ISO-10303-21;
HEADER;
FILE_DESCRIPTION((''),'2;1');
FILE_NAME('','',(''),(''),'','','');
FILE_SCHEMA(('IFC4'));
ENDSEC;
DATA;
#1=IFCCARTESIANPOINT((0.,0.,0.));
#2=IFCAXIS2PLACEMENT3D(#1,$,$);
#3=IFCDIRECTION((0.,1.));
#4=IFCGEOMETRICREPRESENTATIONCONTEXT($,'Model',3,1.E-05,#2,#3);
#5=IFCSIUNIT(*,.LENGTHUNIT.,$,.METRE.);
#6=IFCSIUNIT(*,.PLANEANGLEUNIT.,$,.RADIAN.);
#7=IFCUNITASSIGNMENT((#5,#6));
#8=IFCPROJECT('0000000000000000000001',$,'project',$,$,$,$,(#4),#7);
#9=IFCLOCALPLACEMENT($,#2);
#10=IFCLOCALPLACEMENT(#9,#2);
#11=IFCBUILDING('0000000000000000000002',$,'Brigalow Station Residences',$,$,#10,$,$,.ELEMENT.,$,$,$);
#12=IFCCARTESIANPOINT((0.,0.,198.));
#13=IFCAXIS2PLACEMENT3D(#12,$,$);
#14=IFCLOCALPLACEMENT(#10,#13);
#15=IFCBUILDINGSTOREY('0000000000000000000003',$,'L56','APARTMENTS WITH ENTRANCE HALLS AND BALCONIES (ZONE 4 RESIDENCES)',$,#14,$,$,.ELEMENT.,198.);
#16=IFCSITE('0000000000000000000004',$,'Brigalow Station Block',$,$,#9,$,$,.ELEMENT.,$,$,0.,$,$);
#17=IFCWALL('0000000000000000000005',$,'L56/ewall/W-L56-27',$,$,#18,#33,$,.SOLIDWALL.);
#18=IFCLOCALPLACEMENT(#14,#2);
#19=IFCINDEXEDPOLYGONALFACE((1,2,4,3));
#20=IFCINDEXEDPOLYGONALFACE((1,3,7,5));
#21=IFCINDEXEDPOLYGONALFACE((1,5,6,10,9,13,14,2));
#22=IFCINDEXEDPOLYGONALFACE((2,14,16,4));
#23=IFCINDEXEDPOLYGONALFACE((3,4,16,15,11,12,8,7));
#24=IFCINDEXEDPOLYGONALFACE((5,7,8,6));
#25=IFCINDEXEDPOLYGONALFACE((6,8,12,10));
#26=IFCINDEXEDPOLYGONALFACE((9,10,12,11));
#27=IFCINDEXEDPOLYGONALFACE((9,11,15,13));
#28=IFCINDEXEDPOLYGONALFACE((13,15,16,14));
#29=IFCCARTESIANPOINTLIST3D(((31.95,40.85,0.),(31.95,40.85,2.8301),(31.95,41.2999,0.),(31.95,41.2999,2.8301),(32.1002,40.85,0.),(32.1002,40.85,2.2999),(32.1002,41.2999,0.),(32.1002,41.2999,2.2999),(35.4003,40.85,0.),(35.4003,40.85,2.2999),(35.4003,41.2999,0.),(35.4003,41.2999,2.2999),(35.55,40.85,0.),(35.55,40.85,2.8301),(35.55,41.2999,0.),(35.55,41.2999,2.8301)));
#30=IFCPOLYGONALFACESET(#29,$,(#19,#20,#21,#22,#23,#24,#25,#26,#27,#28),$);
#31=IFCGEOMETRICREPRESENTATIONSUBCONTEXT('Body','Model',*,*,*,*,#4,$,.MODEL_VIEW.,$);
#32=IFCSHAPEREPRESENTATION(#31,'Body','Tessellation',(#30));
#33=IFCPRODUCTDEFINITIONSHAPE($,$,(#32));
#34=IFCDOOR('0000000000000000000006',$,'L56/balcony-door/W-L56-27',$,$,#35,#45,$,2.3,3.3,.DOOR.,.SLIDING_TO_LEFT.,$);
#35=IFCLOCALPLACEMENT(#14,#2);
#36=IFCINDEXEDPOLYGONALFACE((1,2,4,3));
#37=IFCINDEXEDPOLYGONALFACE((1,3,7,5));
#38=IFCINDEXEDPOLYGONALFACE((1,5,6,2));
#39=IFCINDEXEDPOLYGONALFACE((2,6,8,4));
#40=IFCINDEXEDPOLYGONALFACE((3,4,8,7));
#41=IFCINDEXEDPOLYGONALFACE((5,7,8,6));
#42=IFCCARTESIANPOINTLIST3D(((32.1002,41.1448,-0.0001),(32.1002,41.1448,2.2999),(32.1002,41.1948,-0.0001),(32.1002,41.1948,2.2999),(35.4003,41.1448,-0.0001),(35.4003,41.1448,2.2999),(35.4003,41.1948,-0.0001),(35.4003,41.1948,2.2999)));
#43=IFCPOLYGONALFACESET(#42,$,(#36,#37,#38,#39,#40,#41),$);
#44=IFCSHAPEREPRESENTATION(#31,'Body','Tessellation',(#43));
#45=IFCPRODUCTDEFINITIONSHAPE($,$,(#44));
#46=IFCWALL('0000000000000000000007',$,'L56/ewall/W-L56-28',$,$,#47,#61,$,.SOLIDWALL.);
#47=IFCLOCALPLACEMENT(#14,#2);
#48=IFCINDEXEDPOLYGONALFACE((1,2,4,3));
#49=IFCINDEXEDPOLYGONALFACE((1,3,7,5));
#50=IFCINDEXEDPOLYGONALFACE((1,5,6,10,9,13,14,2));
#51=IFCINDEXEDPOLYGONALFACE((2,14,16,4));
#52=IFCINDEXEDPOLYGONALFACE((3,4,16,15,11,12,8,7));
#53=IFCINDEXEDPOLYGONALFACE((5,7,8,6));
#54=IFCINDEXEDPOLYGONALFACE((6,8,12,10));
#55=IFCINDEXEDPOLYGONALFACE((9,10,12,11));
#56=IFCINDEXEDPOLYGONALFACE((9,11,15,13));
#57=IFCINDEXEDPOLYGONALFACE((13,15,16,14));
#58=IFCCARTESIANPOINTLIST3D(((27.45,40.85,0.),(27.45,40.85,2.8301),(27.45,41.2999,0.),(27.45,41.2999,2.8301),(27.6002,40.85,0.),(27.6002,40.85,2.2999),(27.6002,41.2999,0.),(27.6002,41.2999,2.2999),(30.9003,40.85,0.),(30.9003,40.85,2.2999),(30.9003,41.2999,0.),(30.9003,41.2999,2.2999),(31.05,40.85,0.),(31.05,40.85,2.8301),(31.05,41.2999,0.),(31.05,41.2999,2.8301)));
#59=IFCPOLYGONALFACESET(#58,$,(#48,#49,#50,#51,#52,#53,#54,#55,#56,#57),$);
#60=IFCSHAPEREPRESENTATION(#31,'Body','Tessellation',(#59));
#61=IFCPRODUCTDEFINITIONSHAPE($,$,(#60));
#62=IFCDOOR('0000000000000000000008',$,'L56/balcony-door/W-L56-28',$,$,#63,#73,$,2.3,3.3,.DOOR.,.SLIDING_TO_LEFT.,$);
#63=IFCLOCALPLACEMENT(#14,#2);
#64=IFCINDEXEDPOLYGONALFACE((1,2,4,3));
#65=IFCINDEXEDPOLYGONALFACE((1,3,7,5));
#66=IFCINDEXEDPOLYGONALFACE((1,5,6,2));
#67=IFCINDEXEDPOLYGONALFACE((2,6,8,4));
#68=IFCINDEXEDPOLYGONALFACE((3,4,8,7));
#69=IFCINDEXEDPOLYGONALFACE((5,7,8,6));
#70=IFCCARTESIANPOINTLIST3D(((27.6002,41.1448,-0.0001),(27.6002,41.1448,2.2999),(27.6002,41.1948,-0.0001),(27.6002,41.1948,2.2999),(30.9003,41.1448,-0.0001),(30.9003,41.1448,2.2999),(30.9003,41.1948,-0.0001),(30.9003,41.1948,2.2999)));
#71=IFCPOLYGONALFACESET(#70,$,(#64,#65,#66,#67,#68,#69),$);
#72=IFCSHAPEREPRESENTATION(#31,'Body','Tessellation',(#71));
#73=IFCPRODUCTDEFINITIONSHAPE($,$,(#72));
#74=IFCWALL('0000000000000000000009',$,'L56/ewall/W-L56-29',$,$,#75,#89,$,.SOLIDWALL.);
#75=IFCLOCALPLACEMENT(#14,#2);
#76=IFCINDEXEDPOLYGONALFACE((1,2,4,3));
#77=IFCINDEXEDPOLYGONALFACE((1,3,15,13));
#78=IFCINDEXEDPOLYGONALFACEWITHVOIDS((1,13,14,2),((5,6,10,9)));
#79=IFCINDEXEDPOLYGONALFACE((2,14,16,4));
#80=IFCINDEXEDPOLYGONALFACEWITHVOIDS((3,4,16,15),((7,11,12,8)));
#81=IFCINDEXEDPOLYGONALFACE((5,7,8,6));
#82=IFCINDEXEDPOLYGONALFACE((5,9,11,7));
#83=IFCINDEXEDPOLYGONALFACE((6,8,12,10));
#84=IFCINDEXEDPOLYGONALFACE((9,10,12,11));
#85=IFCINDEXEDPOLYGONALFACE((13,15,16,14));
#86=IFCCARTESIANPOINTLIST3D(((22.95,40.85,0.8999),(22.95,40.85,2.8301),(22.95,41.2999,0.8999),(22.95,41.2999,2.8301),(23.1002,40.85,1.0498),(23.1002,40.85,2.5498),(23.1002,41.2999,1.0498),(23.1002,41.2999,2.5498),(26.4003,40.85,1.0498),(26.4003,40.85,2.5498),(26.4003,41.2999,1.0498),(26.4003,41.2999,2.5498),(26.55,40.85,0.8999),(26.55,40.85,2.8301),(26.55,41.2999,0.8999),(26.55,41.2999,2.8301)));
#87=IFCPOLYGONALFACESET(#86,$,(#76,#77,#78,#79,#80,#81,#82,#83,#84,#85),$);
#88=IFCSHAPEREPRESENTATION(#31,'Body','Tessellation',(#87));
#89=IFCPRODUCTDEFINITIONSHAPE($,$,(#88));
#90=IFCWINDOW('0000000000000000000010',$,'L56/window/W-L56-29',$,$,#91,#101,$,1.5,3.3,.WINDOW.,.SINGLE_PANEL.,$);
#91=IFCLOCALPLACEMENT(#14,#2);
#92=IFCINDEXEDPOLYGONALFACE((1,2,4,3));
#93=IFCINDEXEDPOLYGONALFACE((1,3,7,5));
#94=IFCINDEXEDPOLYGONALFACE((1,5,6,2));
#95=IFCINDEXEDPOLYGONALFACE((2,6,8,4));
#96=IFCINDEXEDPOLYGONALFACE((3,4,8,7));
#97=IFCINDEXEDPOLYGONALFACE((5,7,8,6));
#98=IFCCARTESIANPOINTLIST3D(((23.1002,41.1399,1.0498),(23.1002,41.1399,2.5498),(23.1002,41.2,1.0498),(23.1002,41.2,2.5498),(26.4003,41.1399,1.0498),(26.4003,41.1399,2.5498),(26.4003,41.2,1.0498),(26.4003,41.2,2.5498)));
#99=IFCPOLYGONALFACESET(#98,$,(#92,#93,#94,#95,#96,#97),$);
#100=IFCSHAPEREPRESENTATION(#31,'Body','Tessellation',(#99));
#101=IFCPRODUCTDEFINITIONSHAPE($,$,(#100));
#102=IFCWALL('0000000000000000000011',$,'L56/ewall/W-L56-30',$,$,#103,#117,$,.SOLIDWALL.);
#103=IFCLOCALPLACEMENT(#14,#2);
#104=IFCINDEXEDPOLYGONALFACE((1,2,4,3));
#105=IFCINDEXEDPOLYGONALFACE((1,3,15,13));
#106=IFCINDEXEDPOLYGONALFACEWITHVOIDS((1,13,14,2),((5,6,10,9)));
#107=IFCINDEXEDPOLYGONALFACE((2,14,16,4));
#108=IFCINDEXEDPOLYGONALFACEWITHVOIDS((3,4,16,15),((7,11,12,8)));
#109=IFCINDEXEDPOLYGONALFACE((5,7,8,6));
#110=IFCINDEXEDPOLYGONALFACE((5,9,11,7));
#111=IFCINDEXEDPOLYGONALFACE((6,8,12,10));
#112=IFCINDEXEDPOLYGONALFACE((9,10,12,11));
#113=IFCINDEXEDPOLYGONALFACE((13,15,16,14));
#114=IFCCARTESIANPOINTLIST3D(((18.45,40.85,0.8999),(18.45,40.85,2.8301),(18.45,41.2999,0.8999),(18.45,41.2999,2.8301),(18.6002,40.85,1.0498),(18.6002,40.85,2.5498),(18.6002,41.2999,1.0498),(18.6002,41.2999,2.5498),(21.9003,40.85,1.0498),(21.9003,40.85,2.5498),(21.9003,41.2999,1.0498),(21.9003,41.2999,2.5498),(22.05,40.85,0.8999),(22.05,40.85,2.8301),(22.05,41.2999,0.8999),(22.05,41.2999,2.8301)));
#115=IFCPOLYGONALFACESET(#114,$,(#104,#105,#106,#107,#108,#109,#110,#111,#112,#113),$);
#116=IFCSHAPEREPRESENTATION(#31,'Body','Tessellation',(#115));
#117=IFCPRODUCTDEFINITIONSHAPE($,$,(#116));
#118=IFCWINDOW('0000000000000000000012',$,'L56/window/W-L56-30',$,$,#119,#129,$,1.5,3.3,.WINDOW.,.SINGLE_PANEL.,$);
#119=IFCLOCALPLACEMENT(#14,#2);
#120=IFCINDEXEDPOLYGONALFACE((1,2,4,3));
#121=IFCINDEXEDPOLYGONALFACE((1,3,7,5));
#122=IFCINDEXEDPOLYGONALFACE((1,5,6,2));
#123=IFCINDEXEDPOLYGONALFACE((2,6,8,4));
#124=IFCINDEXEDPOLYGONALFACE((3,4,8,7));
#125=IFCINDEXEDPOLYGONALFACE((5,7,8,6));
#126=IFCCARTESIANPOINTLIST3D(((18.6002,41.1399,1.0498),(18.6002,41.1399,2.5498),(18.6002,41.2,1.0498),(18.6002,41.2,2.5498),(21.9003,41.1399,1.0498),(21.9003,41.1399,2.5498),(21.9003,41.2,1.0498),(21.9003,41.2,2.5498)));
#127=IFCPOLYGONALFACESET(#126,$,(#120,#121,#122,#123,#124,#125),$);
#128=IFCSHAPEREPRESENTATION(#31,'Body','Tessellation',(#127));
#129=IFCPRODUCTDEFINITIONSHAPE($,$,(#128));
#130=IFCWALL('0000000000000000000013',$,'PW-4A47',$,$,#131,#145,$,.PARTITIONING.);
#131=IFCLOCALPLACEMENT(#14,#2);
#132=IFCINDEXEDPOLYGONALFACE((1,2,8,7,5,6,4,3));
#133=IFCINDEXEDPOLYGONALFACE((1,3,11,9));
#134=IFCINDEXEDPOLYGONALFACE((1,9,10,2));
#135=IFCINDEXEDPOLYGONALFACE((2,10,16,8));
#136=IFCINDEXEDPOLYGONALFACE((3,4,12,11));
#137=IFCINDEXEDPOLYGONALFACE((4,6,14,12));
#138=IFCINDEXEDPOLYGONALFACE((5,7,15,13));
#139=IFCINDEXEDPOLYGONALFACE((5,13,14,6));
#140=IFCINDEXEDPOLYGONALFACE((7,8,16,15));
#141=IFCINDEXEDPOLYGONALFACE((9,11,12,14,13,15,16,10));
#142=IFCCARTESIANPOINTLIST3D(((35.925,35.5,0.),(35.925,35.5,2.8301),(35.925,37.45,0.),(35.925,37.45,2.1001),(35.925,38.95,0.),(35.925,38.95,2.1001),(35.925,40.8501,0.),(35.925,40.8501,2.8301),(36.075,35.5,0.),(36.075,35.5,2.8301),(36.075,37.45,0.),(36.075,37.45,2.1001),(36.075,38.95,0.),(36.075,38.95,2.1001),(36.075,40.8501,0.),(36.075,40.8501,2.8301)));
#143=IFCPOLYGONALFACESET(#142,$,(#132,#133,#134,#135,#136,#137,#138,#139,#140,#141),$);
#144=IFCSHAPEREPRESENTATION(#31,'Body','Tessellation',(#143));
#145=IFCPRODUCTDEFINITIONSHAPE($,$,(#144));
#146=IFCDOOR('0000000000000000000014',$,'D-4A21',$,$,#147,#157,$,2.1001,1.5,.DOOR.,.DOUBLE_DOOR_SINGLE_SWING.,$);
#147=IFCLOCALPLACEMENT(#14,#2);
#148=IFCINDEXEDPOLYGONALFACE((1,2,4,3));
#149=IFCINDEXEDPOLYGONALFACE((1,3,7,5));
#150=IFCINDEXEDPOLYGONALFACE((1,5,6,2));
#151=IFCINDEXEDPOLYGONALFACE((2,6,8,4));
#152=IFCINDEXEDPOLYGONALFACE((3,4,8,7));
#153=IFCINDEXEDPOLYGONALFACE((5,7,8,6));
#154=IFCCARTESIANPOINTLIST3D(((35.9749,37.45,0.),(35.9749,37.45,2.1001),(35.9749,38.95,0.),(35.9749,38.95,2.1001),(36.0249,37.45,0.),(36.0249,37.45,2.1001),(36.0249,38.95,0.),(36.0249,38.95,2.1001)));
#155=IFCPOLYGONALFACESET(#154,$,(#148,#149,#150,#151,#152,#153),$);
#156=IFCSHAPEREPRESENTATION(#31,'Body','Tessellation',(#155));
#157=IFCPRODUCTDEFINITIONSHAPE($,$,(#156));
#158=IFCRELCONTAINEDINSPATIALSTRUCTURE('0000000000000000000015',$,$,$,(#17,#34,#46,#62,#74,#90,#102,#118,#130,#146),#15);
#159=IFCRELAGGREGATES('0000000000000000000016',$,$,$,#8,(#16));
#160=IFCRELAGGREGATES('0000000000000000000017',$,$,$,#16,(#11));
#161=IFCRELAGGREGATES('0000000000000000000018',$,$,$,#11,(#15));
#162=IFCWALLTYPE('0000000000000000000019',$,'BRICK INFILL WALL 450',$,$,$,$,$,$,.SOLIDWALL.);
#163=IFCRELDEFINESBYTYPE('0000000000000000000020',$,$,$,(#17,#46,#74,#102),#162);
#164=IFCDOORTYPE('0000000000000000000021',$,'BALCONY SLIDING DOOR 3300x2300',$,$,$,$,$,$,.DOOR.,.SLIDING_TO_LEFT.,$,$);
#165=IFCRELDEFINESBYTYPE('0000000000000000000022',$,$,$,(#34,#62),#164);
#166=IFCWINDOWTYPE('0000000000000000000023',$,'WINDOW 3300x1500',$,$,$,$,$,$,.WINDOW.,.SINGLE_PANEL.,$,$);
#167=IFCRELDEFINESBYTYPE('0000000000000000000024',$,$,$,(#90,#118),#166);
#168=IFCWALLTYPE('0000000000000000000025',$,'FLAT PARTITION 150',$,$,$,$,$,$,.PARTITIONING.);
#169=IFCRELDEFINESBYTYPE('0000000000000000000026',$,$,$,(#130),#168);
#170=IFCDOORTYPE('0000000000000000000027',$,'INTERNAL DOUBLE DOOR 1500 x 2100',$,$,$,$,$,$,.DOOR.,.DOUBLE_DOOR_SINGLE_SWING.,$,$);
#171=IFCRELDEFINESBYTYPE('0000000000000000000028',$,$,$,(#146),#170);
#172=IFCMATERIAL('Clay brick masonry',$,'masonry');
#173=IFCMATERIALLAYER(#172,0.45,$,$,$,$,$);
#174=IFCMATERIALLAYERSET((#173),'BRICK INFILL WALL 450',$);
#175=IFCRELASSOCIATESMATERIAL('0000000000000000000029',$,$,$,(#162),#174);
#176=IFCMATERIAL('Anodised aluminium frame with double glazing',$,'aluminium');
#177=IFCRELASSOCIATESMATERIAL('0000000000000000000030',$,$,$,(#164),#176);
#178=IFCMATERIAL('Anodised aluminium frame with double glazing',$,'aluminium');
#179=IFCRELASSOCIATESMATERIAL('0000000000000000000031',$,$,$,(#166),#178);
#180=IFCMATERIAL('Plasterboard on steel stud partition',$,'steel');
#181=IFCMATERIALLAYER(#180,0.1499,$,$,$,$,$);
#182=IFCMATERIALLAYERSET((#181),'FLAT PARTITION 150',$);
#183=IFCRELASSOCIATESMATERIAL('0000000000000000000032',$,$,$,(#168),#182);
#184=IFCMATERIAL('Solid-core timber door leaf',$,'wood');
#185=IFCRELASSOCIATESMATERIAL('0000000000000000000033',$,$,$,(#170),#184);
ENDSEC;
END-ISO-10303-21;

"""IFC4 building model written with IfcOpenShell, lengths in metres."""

from ifc_helpers import new_model, si_unit, direction, frame, frame_2d, origin, place, context, subcontext, project, spatial, rectangle, extrude, material, layer, layer_set, type_object, element, fill, save


model = new_model("IFC4")

# Units and contexts
model_context = context("Model", 3, precision=1e-05, world=origin(), true_north=direction((0.0, 1.0)))
body_context = subcontext(model_context, "Body", "Model", "MODEL_VIEW")
ifc_project = project(units=[si_unit("LENGTHUNIT", "METRE"), si_unit("PLANEANGLEUNIT", "RADIAN")], contexts=[model_context])

# Site, building, storey
site_placement = place(None, origin())
site = spatial("IfcSite", under=ifc_project, at=site_placement, Name="Brigalow Station Block", CompositionType="ELEMENT", RefElevation=0.0)
building_placement = place(site_placement, origin())
building = spatial("IfcBuilding", under=site, at=building_placement, Name="Brigalow Station Residences", CompositionType="ELEMENT")
storey_placement = place(building_placement, frame((0.0, 0.0, 198.0)))
storey = spatial("IfcBuildingStorey", under=building, at=storey_placement, Name="L56", Description="APARTMENTS WITH ENTRANCE HALLS AND BALCONIES (ZONE 4 RESIDENCES)", CompositionType="ELEMENT", Elevation=198.0)

# Walls, openings, doors
ifc_material_1 = material(Name="Clay brick masonry", Category="masonry")
ifc_layer_1 = layer(ifc_material_1, 0.45)
ifc_layer_set_1 = layer_set([ifc_layer_1], Name="BRICK INFILL WALL 450")
wall_type_1 = type_object("IfcWallType", Name="BRICK INFILL WALL 450", PredefinedType="SOLIDWALL", material=ifc_layer_set_1)
wall_1_placement = place(storey_placement, frame((35.55, 41.075, 0.0), z_axis=(0.0, 0.0, 1.0), x_axis=(-1.0, 0.0, 0.0)))
wall_1 = element("IfcWall", 1, at=wall_1_placement, inside=storey, type_object=wall_type_1, Name="L56/ewall/W-L56-27", PredefinedType="SOLIDWALL", context=body_context, shape_type="SweptSolid", body=[
    extrude(rectangle(XDim=3.6001, YDim=0.45, at=frame_2d((1.8, 0.0))), origin(), (0.0, 0.0, 1.0), 2.8301),
])
opening_1_placement = place(wall_1_placement, frame((0.1499, 0.0, 0.0)))
opening_1 = element("IfcOpeningElement", 2, at=opening_1_placement, cuts=wall_1, PredefinedType="OPENING", context=body_context, shape_type="SweptSolid", body=[
    extrude(rectangle(XDim=3.3, YDim=2.3, at=frame_2d((1.6499, 1.1499))), frame((0.0, 0.2349, 0.0), z_axis=(0.0, -1.0, 0.0), x_axis=(1.0, 0.0, 0.0)), (0.0, 0.0, 1.0), 0.47),
])
ifc_material_2 = material(Name="Anodised aluminium frame with double glazing", Category="aluminium")
door_type_1 = type_object("IfcDoorType", Name="BALCONY SLIDING DOOR 3300x2300", OperationType="SLIDING_TO_LEFT", PredefinedType="DOOR", material=ifc_material_2)
door_1_placement = place(opening_1_placement, origin())
door_1 = element("IfcDoor", 3, at=door_1_placement, inside=storey, type_object=door_type_1, Name="L56/balcony-door/W-L56-27", OperationType="SLIDING_TO_LEFT", OverallHeight=2.3, OverallWidth=3.3, PredefinedType="DOOR", context=body_context, shape_type="SweptSolid", body=[
    extrude(rectangle(XDim=3.3, YDim=2.3, at=frame_2d((1.6499, 1.1499))), frame((0.0, -0.0698, 0.0), z_axis=(0.0, -1.0, 0.0), x_axis=(1.0, 0.0, 0.0)), (0.0, 0.0, 1.0), 0.05),
])
fill(opening_1, door_1)
wall_2_placement = place(storey_placement, frame((31.05, 41.075, 0.0), z_axis=(0.0, 0.0, 1.0), x_axis=(-1.0, 0.0, 0.0)))
wall_2 = element("IfcWall", 4, at=wall_2_placement, inside=storey, type_object=wall_type_1, Name="L56/ewall/W-L56-28", PredefinedType="SOLIDWALL", context=body_context, shape_type="SweptSolid", body=[
    extrude(rectangle(XDim=3.6001, YDim=0.45, at=frame_2d((1.8, 0.0))), origin(), (0.0, 0.0, 1.0), 2.8301),
])
opening_2_placement = place(wall_2_placement, frame((0.1499, 0.0, 0.0)))
opening_2 = element("IfcOpeningElement", 5, at=opening_2_placement, cuts=wall_2, PredefinedType="OPENING", context=body_context, shape_type="SweptSolid", body=[
    extrude(rectangle(XDim=3.3, YDim=2.3, at=frame_2d((1.6499, 1.1499))), frame((0.0, 0.2349, 0.0), z_axis=(0.0, -1.0, 0.0), x_axis=(1.0, 0.0, 0.0)), (0.0, 0.0, 1.0), 0.47),
])
door_2_placement = place(opening_2_placement, origin())
door_2 = element("IfcDoor", 6, at=door_2_placement, inside=storey, type_object=door_type_1, Name="L56/balcony-door/W-L56-28", OperationType="SLIDING_TO_LEFT", OverallHeight=2.3, OverallWidth=3.3, PredefinedType="DOOR", context=body_context, shape_type="SweptSolid", body=[
    extrude(rectangle(XDim=3.3, YDim=2.3, at=frame_2d((1.6499, 1.1499))), frame((0.0, -0.0698, 0.0), z_axis=(0.0, -1.0, 0.0), x_axis=(1.0, 0.0, 0.0)), (0.0, 0.0, 1.0), 0.05),
])
fill(opening_2, door_2)

# Walls, openings, windows
wall_3_placement = place(storey_placement, frame((26.55, 41.075, 0.8999), z_axis=(0.0, 0.0, 1.0), x_axis=(-1.0, 0.0, 0.0)))
wall_3 = element("IfcWall", 7, at=wall_3_placement, inside=storey, type_object=wall_type_1, Name="L56/ewall/W-L56-29", PredefinedType="SOLIDWALL", context=body_context, shape_type="SweptSolid", body=[
    extrude(rectangle(XDim=3.6001, YDim=0.45, at=frame_2d((1.8, 0.0))), origin(), (0.0, 0.0, 1.0), 1.9302),
])
opening_3_placement = place(wall_3_placement, frame((0.1499, 0.0, 0.1499)))
opening_3 = element("IfcOpeningElement", 8, at=opening_3_placement, cuts=wall_3, PredefinedType="OPENING", context=body_context, shape_type="SweptSolid", body=[
    extrude(rectangle(XDim=3.3, YDim=1.5, at=frame_2d((1.6499, 0.75))), frame((0.0, 0.2349, 0.0), z_axis=(0.0, -1.0, 0.0), x_axis=(1.0, 0.0, 0.0)), (0.0, 0.0, 1.0), 0.47),
])
ifc_material_3 = material(Name="Anodised aluminium frame with double glazing", Category="aluminium")
window_type = type_object("IfcWindowType", Name="WINDOW 3300x1500", PartitioningType="SINGLE_PANEL", PredefinedType="WINDOW", material=ifc_material_3)
window_1_placement = place(opening_3_placement, origin())
window_1 = element("IfcWindow", 9, at=window_1_placement, inside=storey, type_object=window_type, Name="L56/window/W-L56-29", OverallHeight=1.5, OverallWidth=3.3, PartitioningType="SINGLE_PANEL", PredefinedType="WINDOW", context=body_context, shape_type="SweptSolid", body=[
    extrude(rectangle(XDim=3.3, YDim=1.5, at=frame_2d((1.6499, 0.75))), frame((0.0, -0.0649, 0.0), z_axis=(0.0, -1.0, 0.0), x_axis=(1.0, 0.0, 0.0)), (0.0, 0.0, 1.0), 0.0601),
])
fill(opening_3, window_1)
wall_4_placement = place(storey_placement, frame((22.05, 41.075, 0.8999), z_axis=(0.0, 0.0, 1.0), x_axis=(-1.0, 0.0, 0.0)))
wall_4 = element("IfcWall", 10, at=wall_4_placement, inside=storey, type_object=wall_type_1, Name="L56/ewall/W-L56-30", PredefinedType="SOLIDWALL", context=body_context, shape_type="SweptSolid", body=[
    extrude(rectangle(XDim=3.6001, YDim=0.45, at=frame_2d((1.8, 0.0))), origin(), (0.0, 0.0, 1.0), 1.9302),
])
opening_4_placement = place(wall_4_placement, frame((0.1499, 0.0, 0.1499)))
opening_4 = element("IfcOpeningElement", 11, at=opening_4_placement, cuts=wall_4, PredefinedType="OPENING", context=body_context, shape_type="SweptSolid", body=[
    extrude(rectangle(XDim=3.3, YDim=1.5, at=frame_2d((1.6499, 0.75))), frame((0.0, 0.2349, 0.0), z_axis=(0.0, -1.0, 0.0), x_axis=(1.0, 0.0, 0.0)), (0.0, 0.0, 1.0), 0.47),
])
window_2_placement = place(opening_4_placement, origin())
window_2 = element("IfcWindow", 12, at=window_2_placement, inside=storey, type_object=window_type, Name="L56/window/W-L56-30", OverallHeight=1.5, OverallWidth=3.3, PartitioningType="SINGLE_PANEL", PredefinedType="WINDOW", context=body_context, shape_type="SweptSolid", body=[
    extrude(rectangle(XDim=3.3, YDim=1.5, at=frame_2d((1.6499, 0.75))), frame((0.0, -0.0649, 0.0), z_axis=(0.0, -1.0, 0.0), x_axis=(1.0, 0.0, 0.0)), (0.0, 0.0, 1.0), 0.0601),
])
fill(opening_4, window_2)

# Wall, opening, door
ifc_material_4 = material(Name="Plasterboard on steel stud partition", Category="steel")
ifc_layer_2 = layer(ifc_material_4, 0.1499)
ifc_layer_set_2 = layer_set([ifc_layer_2], Name="FLAT PARTITION 150")
wall_type_2 = type_object("IfcWallType", Name="FLAT PARTITION 150", PredefinedType="PARTITIONING", material=ifc_layer_set_2)
wall_5_placement = place(storey_placement, frame((36.0, 35.5, 0.0), z_axis=(0.0, 0.0, 1.0), x_axis=(0.0, 1.0, 0.0)))
wall_5 = element("IfcWall", 13, at=wall_5_placement, inside=storey, type_object=wall_type_2, Name="PW-4A47", PredefinedType="PARTITIONING", context=body_context, shape_type="SweptSolid", body=[
    extrude(rectangle(XDim=5.3501, YDim=0.1499, at=frame_2d((2.675, 0.0))), origin(), (0.0, 0.0, 1.0), 2.8301),
])
opening_5_placement = place(wall_5_placement, frame((1.95, 0.0, 0.0)))
opening_5 = element("IfcOpeningElement", 14, at=opening_5_placement, cuts=wall_5, PredefinedType="OPENING", context=body_context, shape_type="SweptSolid", body=[
    extrude(rectangle(XDim=1.5, YDim=2.1001, at=frame_2d((0.75, 1.05))), frame((0.0, 0.085, 0.0), z_axis=(0.0, -1.0, 0.0), x_axis=(1.0, 0.0, 0.0)), (0.0, 0.0, 1.0), 0.1699),
])
ifc_material_5 = material(Name="Solid-core timber door leaf", Category="wood")
door_type_2 = type_object("IfcDoorType", Name="INTERNAL DOUBLE DOOR 1500 x 2100", OperationType="DOUBLE_DOOR_SINGLE_SWING", PredefinedType="DOOR", material=ifc_material_5)
door_3_placement = place(opening_5_placement, frame((1.5, 0.0, 0.0), z_axis=(0.0, 0.0, 1.0), x_axis=(-1.0, 0.0, 0.0)))
door_3 = element("IfcDoor", 15, at=door_3_placement, inside=storey, type_object=door_type_2, Name="D-4A21", OperationType="DOUBLE_DOOR_SINGLE_SWING", OverallHeight=2.1001, OverallWidth=1.5, PredefinedType="DOOR", context=body_context, shape_type="SweptSolid", body=[
    extrude(rectangle(XDim=1.5, YDim=2.1001, at=frame_2d((0.75, 1.05))), frame((0.0, 0.0249, 0.0), z_axis=(0.0, -1.0, 0.0), x_axis=(1.0, 0.0, 0.0)), (0.0, 0.0, 1.0), 0.05),
])
fill(opening_5, door_3)

save(model, "model.ifc")
